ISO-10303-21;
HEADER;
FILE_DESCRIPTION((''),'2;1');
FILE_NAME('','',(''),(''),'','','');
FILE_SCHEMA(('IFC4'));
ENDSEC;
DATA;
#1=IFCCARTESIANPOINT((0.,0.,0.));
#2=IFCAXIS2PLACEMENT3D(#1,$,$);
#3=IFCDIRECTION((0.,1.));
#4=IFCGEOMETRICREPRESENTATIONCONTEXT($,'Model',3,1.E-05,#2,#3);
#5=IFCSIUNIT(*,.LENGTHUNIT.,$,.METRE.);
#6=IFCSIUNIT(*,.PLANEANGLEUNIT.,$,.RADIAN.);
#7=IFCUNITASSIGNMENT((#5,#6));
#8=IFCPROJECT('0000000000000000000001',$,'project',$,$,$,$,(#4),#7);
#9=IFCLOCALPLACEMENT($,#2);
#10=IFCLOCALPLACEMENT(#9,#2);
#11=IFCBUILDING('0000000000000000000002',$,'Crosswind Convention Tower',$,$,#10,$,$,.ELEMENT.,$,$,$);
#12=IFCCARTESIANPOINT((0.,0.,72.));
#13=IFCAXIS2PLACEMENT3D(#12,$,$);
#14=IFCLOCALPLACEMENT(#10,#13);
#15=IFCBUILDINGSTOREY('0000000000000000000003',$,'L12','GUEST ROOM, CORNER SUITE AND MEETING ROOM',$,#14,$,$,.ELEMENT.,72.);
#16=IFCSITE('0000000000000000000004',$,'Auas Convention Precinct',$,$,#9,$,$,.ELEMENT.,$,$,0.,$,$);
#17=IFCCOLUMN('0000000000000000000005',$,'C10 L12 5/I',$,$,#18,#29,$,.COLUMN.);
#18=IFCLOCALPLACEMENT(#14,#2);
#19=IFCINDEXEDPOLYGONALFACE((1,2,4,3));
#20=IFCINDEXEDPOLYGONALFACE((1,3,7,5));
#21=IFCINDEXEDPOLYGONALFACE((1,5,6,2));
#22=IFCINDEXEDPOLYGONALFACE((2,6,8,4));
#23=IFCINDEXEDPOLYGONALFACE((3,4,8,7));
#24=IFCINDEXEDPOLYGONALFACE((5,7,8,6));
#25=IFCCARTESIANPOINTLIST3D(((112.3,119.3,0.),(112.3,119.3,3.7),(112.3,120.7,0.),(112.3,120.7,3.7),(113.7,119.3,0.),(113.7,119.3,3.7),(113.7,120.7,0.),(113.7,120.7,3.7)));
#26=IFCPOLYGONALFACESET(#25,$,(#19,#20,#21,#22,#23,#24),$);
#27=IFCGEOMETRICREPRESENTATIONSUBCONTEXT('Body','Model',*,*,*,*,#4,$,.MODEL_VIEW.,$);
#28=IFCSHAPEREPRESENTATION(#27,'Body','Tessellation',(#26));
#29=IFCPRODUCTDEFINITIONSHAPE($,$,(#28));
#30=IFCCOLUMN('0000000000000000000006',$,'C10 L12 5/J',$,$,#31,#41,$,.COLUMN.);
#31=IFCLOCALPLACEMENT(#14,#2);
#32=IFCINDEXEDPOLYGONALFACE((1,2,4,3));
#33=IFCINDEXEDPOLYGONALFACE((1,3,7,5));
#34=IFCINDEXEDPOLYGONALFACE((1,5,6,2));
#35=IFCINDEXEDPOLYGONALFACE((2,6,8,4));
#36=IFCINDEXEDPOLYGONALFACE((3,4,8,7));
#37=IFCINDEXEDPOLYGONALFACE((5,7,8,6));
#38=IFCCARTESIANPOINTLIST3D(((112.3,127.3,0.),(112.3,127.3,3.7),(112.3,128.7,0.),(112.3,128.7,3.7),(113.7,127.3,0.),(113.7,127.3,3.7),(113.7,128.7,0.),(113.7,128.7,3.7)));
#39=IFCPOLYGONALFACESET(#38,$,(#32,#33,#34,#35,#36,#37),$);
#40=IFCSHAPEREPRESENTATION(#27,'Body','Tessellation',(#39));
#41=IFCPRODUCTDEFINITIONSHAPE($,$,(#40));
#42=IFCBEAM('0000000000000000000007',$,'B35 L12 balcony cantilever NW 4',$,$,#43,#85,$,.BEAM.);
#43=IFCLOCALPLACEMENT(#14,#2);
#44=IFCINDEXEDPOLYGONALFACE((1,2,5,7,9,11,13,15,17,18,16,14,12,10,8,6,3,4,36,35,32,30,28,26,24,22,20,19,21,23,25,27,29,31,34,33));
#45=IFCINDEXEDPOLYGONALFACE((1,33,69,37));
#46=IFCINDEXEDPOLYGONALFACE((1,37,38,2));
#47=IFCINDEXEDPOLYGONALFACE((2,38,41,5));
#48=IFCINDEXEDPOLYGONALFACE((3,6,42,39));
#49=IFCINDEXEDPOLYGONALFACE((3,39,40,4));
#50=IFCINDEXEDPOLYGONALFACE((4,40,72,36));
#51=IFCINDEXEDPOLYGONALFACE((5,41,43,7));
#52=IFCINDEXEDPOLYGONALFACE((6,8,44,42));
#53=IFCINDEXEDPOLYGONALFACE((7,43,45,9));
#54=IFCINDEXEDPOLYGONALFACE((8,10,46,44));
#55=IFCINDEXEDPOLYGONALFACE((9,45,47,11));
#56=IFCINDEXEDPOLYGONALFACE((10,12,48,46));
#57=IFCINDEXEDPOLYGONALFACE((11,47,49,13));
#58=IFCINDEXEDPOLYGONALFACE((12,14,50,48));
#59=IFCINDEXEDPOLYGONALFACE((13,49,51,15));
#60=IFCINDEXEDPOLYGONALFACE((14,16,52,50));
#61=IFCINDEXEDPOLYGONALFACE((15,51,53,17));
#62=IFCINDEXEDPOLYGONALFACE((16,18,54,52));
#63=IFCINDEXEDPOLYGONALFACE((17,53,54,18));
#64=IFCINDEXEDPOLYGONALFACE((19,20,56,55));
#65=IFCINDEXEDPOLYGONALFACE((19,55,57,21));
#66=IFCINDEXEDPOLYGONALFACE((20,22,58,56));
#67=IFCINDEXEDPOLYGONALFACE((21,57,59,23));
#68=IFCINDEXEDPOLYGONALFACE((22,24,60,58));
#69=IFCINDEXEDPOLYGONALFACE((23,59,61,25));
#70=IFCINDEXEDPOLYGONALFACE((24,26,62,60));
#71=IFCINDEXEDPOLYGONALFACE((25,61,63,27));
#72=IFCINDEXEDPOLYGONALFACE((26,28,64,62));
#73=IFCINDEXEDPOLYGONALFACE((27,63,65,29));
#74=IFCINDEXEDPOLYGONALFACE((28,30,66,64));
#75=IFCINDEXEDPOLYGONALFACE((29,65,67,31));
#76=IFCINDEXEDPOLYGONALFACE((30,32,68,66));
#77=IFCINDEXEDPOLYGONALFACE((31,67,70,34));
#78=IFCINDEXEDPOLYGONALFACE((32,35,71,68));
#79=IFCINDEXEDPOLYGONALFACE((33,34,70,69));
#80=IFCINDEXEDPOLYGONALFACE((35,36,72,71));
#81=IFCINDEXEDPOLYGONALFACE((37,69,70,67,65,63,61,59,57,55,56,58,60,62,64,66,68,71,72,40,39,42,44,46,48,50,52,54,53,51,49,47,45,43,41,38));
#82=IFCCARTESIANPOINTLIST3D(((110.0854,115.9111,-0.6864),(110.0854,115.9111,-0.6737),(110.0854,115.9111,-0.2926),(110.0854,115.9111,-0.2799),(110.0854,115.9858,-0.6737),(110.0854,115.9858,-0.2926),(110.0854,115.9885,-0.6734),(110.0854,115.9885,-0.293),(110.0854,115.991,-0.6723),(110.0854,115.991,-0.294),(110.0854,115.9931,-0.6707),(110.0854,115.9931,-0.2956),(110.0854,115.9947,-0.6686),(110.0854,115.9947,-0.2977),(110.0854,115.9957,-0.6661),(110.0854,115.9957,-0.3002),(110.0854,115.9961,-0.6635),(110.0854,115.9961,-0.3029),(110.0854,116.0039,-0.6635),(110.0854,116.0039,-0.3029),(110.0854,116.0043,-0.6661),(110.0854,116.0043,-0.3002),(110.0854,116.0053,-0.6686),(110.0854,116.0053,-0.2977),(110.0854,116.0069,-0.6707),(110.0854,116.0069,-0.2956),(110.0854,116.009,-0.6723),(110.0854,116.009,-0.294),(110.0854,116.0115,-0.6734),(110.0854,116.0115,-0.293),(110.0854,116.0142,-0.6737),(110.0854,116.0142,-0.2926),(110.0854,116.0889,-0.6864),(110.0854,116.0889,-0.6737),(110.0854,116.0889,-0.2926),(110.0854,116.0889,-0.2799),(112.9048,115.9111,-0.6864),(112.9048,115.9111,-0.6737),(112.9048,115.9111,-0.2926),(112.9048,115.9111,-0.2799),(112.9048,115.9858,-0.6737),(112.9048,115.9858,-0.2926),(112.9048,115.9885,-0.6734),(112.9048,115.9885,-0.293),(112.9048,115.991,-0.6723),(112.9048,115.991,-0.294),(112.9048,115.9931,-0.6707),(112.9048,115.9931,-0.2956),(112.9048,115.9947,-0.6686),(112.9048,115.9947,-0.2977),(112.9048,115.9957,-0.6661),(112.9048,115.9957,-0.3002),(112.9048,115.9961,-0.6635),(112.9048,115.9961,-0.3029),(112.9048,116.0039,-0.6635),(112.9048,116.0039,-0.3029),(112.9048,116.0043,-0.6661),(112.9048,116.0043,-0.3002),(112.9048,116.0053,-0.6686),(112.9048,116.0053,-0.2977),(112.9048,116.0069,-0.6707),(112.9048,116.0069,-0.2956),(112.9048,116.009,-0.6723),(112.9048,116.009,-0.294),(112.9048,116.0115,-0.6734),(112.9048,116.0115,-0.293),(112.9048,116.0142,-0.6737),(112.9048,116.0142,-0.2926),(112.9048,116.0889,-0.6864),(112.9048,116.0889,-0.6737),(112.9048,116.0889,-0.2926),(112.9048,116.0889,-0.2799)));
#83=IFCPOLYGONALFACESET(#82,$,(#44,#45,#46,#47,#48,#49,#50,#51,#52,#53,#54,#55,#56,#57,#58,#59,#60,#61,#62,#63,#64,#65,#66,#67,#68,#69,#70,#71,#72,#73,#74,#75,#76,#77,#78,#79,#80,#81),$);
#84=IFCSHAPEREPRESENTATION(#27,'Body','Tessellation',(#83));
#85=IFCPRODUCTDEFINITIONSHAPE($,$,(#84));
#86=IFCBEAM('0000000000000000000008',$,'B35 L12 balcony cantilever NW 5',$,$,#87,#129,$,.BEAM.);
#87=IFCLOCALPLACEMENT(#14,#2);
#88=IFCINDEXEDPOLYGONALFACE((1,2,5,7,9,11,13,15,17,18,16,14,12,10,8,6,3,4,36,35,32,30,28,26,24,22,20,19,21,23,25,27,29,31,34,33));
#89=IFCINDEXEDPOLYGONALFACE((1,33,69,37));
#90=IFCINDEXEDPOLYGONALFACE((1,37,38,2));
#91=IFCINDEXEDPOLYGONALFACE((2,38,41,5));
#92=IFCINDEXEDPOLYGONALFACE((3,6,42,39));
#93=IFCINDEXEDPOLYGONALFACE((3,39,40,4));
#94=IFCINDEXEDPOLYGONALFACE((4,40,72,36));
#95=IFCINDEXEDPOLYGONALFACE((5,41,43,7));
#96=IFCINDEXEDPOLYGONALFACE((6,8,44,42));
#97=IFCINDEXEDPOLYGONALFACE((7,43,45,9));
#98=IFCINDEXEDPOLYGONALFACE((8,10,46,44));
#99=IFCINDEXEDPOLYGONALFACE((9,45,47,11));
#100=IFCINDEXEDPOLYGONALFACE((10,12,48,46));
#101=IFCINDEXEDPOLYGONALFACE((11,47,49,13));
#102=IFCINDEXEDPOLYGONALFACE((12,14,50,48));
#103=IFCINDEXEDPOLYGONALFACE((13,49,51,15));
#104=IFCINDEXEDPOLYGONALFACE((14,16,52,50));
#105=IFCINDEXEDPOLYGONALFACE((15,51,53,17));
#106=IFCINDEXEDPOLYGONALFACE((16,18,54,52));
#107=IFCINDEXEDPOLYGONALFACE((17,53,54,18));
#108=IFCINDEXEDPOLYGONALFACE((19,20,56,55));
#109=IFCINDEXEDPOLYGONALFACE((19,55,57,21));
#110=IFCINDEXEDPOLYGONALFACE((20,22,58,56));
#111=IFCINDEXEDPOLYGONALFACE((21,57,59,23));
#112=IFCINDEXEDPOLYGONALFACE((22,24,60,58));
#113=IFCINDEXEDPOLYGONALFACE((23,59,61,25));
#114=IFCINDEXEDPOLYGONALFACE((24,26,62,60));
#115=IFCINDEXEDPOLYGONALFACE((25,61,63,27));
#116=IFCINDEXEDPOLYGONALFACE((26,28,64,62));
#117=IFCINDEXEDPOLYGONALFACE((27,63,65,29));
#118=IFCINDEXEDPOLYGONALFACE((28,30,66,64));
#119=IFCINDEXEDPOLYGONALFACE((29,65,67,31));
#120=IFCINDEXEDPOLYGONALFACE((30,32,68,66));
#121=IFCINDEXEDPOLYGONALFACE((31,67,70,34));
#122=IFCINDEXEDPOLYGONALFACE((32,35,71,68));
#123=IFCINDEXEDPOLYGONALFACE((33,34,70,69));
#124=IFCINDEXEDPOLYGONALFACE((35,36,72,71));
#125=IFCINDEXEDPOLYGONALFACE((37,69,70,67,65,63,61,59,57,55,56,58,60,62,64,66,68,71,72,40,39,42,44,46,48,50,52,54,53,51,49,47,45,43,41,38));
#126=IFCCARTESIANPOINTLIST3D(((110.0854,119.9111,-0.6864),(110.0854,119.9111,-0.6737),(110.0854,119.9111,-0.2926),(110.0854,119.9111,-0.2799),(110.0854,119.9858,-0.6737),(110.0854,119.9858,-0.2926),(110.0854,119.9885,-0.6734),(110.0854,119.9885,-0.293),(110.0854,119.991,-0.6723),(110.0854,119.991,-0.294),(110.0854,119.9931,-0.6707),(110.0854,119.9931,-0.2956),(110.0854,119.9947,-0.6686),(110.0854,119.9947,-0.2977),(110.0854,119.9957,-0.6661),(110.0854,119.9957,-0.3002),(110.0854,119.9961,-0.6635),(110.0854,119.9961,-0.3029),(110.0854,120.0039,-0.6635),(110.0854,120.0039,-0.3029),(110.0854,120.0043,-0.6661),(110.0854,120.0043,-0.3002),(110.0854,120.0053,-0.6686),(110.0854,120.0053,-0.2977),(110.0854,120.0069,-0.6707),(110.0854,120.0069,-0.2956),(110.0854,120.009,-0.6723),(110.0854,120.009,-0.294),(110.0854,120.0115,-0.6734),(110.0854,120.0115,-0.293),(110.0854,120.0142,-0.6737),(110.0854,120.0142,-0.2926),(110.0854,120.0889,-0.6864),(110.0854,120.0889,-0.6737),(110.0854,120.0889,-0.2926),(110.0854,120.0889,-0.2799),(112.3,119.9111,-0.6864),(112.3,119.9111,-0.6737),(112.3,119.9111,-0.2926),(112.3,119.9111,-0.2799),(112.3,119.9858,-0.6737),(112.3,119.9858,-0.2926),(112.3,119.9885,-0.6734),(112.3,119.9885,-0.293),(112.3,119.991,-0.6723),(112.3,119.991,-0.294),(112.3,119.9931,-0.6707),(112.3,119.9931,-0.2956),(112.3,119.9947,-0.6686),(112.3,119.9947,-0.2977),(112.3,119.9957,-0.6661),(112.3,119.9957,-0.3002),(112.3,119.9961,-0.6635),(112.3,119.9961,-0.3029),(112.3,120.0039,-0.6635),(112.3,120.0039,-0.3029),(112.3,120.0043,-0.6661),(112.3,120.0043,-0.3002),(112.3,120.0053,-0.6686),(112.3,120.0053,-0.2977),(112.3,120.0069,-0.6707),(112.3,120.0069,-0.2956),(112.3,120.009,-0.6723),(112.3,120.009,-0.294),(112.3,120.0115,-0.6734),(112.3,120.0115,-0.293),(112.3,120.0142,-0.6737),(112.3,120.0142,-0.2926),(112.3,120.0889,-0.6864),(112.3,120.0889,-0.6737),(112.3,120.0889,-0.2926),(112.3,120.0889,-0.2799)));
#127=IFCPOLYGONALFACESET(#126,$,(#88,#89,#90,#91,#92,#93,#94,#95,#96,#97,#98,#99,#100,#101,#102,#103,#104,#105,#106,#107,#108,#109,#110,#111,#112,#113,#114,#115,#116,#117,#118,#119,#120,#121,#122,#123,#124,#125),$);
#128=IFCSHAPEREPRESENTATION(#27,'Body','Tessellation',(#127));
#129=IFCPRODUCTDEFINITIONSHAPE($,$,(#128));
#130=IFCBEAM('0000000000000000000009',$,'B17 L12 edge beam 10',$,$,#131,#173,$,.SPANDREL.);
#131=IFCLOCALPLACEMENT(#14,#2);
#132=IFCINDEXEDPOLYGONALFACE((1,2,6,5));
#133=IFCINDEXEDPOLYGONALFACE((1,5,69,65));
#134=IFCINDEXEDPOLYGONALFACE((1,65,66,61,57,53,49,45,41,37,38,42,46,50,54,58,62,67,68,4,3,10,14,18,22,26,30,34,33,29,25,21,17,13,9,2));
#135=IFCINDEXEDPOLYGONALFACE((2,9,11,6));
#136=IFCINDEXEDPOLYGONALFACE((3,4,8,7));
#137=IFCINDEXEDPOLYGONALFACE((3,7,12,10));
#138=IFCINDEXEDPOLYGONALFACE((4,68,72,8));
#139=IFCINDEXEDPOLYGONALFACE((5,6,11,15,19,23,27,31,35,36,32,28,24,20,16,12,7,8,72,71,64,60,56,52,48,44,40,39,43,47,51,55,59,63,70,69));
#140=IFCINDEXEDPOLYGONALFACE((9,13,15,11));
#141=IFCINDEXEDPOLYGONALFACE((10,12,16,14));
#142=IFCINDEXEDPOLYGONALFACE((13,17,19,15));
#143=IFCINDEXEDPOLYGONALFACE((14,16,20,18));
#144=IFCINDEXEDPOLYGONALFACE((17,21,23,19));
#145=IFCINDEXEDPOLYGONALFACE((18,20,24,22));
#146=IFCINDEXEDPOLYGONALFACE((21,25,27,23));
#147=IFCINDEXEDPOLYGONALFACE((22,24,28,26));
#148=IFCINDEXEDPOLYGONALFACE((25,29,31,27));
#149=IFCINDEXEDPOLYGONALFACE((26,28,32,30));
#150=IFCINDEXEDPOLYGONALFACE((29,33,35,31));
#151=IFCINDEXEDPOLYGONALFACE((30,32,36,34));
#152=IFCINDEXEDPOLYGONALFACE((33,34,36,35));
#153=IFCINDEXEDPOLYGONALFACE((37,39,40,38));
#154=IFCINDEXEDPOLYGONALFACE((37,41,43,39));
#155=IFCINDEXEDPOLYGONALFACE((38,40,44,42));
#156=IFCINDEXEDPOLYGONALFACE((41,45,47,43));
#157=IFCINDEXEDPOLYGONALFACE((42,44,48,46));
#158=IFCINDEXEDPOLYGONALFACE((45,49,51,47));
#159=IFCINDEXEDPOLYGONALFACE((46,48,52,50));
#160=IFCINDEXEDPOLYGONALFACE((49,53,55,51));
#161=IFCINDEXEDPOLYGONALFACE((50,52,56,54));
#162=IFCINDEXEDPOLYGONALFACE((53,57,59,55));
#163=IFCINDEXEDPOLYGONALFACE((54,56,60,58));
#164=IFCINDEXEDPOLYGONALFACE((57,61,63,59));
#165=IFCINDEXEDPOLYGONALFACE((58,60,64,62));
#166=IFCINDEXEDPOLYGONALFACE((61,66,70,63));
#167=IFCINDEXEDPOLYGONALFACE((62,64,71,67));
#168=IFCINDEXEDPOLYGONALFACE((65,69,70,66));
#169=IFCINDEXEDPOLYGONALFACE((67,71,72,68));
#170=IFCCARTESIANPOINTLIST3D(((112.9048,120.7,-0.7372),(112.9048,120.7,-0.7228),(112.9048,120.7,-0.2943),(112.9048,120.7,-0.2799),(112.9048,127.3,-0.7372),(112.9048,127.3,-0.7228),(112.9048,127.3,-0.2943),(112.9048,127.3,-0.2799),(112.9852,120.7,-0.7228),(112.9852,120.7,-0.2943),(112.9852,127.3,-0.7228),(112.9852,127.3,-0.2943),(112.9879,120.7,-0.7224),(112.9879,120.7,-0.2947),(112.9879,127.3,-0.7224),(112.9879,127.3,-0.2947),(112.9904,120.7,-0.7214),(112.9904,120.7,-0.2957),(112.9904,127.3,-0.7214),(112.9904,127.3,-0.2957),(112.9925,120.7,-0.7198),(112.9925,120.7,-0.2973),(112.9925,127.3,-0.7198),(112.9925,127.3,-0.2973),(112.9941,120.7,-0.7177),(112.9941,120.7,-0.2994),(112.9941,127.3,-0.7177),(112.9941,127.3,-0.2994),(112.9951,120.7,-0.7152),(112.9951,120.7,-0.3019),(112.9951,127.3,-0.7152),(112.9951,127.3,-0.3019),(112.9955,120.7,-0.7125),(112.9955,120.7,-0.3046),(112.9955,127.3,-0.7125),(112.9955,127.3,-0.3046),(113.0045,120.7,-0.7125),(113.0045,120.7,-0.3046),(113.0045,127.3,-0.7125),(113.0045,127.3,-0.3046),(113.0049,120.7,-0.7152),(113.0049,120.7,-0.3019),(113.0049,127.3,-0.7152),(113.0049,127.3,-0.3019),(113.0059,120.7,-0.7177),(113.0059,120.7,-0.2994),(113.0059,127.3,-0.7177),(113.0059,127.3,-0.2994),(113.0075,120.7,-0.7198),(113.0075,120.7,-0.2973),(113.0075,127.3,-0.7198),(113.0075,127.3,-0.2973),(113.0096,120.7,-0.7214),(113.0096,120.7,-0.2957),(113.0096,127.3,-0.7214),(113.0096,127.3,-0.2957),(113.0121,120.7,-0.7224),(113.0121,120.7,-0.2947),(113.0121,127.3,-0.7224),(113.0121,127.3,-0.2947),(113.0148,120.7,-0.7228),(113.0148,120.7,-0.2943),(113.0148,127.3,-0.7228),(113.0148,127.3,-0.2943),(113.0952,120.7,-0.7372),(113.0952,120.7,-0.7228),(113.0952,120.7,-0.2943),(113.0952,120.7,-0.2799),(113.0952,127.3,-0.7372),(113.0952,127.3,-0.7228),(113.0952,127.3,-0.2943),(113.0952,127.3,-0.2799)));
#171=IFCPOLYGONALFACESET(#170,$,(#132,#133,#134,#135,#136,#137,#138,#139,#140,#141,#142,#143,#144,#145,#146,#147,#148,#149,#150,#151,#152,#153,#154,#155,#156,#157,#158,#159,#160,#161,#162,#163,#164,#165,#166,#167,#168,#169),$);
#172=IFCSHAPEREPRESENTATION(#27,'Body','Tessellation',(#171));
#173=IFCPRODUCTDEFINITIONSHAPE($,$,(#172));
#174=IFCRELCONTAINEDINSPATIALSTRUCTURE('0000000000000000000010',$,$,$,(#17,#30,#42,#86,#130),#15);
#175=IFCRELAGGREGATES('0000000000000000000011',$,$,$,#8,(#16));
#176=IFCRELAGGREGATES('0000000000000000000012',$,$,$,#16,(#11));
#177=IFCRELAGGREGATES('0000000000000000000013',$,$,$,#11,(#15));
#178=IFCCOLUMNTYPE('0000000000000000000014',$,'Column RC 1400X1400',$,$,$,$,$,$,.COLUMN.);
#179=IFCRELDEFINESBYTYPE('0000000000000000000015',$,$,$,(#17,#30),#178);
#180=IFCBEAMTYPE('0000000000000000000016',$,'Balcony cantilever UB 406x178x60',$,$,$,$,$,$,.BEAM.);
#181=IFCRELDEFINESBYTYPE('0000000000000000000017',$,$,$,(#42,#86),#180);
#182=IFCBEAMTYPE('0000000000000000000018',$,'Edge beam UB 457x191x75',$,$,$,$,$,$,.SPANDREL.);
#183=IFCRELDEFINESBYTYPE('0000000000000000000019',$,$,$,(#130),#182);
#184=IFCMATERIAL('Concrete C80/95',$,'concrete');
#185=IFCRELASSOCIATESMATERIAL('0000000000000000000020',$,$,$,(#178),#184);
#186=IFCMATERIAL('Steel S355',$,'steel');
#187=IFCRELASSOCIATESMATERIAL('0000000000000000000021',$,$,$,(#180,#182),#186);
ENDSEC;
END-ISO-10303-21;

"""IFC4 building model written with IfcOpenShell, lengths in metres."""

from ifc_helpers import new_model, si_unit, direction, frame, origin, origin_2d, place, context, subcontext, project, spatial, rectangle, i_section, extrude, material, material_profile, profile_set, type_object, element, save


model = new_model("IFC4")

# Units and contexts
model_context = context("Model", 3, precision=1e-05, world=origin(), true_north=direction((0.0, 1.0)))
body_context = subcontext(model_context, "Body", "Model", "MODEL_VIEW")
ifc_project = project(units=[si_unit("LENGTHUNIT", "METRE"), si_unit("PLANEANGLEUNIT", "RADIAN")], contexts=[model_context])

# Site, building, storey
site_placement = place(None, origin())
site = spatial("IfcSite", under=ifc_project, at=site_placement, Name="Auas Convention Precinct", CompositionType="ELEMENT", RefElevation=0.0)
building_placement = place(site_placement, origin())
building = spatial("IfcBuilding", under=site, at=building_placement, Name="Crosswind Convention Tower", CompositionType="ELEMENT")
storey_placement = place(building_placement, frame((0.0, 0.0, 72.0)))
storey = spatial("IfcBuildingStorey", under=building, at=storey_placement, Name="L12", Description="GUEST ROOM, CORNER SUITE AND MEETING ROOM", CompositionType="ELEMENT", Elevation=72.0)

# Columns
ifc_material_1 = material(Name="Concrete C80/95", Category="concrete")
ifc_material_profile_1 = material_profile(ifc_material_1, rectangle(XDim=1.3999, YDim=1.3999, at=origin_2d()), Name="RC 1400X1400")
ifc_profile_set_1 = profile_set([ifc_material_profile_1], Name="Concrete C80/95")
column_type = type_object("IfcColumnType", Name="Column RC 1400X1400", PredefinedType="COLUMN", material=ifc_profile_set_1)
for number, where, z_axis, x_axis, name in (
    (1, (113.0, 120.0, 0.0), (0.0, 0.0, 1.0), (1.0, 0.0, 0.0), "C10 L12 5/I"),
    (2, (113.0, 128.0, 0.0), (0.0, 0.0, 1.0), (1.0, 0.0, 0.0), "C10 L12 5/J"),
):
    element("IfcColumn", number, at=place(storey_placement, frame(where, z_axis=z_axis, x_axis=x_axis)), inside=storey, type_object=column_type, Name=name, PredefinedType="COLUMN", context=body_context, shape_type="SweptSolid", body=[
        extrude(rectangle(XDim=1.3999, YDim=1.3999, at=origin_2d()), origin(), (0.0, 0.0, 1.0), 3.7),
    ])

# Beams
ifc_material_2 = material(Name="Steel S355", Category="steel")
ifc_material_profile_2 = material_profile(ifc_material_2, i_section(OverallWidth=0.1777, OverallDepth=0.4065, WebThickness=0.0078, FlangeThickness=0.0127, FilletRadius=0.0103, at=origin_2d()), Name="UB 406x178x60")
ifc_profile_set_2 = profile_set([ifc_material_profile_2], Name="Steel S355")
beam_type_1 = type_object("IfcBeamType", Name="Balcony cantilever UB 406x178x60", PredefinedType="BEAM", material=ifc_profile_set_2)
beam_1_placement = place(storey_placement, frame((112.9048, 116.0, -0.4832), z_axis=(-1.0, 0.0, 0.0), x_axis=(0.0, -1.0, 0.0)))
element("IfcBeam", 3, at=beam_1_placement, inside=storey, type_object=beam_type_1, Name="B35 L12 balcony cantilever NW 4", PredefinedType="BEAM", context=body_context, shape_type="SweptSolid", body=[
    extrude(i_section(OverallWidth=0.1777, OverallDepth=0.4065, WebThickness=0.0078, FlangeThickness=0.0127, FilletRadius=0.0103, at=origin_2d()), origin(), (0.0, 0.0, 1.0), 2.8193),
])
beam_2_placement = place(storey_placement, frame((112.3, 120.0, -0.4832), z_axis=(-1.0, 0.0, 0.0), x_axis=(0.0, -1.0, 0.0)))
element("IfcBeam", 4, at=beam_2_placement, inside=storey, type_object=beam_type_1, Name="B35 L12 balcony cantilever NW 5", PredefinedType="BEAM", context=body_context, shape_type="SweptSolid", body=[
    extrude(i_section(OverallWidth=0.1777, OverallDepth=0.4065, WebThickness=0.0078, FlangeThickness=0.0127, FilletRadius=0.0103, at=origin_2d()), origin(), (0.0, 0.0, 1.0), 2.2146),
])
ifc_material_profile_3 = material_profile(ifc_material_2, i_section(OverallWidth=0.1904, OverallDepth=0.4573, WebThickness=0.009, FlangeThickness=0.0144, FilletRadius=0.0103, at=origin_2d()), Name="UB 457x191x75")
ifc_profile_set_3 = profile_set([ifc_material_profile_3], Name="Steel S355")
beam_type_2 = type_object("IfcBeamType", Name="Edge beam UB 457x191x75", PredefinedType="SPANDREL", material=ifc_profile_set_3)
beam_3_placement = place(storey_placement, frame((113.0, 120.7, -0.5085), z_axis=(0.0, 1.0, 0.0), x_axis=(-1.0, 0.0, 0.0)))
element("IfcBeam", 5, at=beam_3_placement, inside=storey, type_object=beam_type_2, Name="B17 L12 edge beam 10", PredefinedType="SPANDREL", context=body_context, shape_type="SweptSolid", body=[
    extrude(i_section(OverallWidth=0.1904, OverallDepth=0.4573, WebThickness=0.009, FlangeThickness=0.0144, FilletRadius=0.0103, at=origin_2d()), origin(), (0.0, 0.0, 1.0), 6.6001),
])

save(model, "model.ifc")
